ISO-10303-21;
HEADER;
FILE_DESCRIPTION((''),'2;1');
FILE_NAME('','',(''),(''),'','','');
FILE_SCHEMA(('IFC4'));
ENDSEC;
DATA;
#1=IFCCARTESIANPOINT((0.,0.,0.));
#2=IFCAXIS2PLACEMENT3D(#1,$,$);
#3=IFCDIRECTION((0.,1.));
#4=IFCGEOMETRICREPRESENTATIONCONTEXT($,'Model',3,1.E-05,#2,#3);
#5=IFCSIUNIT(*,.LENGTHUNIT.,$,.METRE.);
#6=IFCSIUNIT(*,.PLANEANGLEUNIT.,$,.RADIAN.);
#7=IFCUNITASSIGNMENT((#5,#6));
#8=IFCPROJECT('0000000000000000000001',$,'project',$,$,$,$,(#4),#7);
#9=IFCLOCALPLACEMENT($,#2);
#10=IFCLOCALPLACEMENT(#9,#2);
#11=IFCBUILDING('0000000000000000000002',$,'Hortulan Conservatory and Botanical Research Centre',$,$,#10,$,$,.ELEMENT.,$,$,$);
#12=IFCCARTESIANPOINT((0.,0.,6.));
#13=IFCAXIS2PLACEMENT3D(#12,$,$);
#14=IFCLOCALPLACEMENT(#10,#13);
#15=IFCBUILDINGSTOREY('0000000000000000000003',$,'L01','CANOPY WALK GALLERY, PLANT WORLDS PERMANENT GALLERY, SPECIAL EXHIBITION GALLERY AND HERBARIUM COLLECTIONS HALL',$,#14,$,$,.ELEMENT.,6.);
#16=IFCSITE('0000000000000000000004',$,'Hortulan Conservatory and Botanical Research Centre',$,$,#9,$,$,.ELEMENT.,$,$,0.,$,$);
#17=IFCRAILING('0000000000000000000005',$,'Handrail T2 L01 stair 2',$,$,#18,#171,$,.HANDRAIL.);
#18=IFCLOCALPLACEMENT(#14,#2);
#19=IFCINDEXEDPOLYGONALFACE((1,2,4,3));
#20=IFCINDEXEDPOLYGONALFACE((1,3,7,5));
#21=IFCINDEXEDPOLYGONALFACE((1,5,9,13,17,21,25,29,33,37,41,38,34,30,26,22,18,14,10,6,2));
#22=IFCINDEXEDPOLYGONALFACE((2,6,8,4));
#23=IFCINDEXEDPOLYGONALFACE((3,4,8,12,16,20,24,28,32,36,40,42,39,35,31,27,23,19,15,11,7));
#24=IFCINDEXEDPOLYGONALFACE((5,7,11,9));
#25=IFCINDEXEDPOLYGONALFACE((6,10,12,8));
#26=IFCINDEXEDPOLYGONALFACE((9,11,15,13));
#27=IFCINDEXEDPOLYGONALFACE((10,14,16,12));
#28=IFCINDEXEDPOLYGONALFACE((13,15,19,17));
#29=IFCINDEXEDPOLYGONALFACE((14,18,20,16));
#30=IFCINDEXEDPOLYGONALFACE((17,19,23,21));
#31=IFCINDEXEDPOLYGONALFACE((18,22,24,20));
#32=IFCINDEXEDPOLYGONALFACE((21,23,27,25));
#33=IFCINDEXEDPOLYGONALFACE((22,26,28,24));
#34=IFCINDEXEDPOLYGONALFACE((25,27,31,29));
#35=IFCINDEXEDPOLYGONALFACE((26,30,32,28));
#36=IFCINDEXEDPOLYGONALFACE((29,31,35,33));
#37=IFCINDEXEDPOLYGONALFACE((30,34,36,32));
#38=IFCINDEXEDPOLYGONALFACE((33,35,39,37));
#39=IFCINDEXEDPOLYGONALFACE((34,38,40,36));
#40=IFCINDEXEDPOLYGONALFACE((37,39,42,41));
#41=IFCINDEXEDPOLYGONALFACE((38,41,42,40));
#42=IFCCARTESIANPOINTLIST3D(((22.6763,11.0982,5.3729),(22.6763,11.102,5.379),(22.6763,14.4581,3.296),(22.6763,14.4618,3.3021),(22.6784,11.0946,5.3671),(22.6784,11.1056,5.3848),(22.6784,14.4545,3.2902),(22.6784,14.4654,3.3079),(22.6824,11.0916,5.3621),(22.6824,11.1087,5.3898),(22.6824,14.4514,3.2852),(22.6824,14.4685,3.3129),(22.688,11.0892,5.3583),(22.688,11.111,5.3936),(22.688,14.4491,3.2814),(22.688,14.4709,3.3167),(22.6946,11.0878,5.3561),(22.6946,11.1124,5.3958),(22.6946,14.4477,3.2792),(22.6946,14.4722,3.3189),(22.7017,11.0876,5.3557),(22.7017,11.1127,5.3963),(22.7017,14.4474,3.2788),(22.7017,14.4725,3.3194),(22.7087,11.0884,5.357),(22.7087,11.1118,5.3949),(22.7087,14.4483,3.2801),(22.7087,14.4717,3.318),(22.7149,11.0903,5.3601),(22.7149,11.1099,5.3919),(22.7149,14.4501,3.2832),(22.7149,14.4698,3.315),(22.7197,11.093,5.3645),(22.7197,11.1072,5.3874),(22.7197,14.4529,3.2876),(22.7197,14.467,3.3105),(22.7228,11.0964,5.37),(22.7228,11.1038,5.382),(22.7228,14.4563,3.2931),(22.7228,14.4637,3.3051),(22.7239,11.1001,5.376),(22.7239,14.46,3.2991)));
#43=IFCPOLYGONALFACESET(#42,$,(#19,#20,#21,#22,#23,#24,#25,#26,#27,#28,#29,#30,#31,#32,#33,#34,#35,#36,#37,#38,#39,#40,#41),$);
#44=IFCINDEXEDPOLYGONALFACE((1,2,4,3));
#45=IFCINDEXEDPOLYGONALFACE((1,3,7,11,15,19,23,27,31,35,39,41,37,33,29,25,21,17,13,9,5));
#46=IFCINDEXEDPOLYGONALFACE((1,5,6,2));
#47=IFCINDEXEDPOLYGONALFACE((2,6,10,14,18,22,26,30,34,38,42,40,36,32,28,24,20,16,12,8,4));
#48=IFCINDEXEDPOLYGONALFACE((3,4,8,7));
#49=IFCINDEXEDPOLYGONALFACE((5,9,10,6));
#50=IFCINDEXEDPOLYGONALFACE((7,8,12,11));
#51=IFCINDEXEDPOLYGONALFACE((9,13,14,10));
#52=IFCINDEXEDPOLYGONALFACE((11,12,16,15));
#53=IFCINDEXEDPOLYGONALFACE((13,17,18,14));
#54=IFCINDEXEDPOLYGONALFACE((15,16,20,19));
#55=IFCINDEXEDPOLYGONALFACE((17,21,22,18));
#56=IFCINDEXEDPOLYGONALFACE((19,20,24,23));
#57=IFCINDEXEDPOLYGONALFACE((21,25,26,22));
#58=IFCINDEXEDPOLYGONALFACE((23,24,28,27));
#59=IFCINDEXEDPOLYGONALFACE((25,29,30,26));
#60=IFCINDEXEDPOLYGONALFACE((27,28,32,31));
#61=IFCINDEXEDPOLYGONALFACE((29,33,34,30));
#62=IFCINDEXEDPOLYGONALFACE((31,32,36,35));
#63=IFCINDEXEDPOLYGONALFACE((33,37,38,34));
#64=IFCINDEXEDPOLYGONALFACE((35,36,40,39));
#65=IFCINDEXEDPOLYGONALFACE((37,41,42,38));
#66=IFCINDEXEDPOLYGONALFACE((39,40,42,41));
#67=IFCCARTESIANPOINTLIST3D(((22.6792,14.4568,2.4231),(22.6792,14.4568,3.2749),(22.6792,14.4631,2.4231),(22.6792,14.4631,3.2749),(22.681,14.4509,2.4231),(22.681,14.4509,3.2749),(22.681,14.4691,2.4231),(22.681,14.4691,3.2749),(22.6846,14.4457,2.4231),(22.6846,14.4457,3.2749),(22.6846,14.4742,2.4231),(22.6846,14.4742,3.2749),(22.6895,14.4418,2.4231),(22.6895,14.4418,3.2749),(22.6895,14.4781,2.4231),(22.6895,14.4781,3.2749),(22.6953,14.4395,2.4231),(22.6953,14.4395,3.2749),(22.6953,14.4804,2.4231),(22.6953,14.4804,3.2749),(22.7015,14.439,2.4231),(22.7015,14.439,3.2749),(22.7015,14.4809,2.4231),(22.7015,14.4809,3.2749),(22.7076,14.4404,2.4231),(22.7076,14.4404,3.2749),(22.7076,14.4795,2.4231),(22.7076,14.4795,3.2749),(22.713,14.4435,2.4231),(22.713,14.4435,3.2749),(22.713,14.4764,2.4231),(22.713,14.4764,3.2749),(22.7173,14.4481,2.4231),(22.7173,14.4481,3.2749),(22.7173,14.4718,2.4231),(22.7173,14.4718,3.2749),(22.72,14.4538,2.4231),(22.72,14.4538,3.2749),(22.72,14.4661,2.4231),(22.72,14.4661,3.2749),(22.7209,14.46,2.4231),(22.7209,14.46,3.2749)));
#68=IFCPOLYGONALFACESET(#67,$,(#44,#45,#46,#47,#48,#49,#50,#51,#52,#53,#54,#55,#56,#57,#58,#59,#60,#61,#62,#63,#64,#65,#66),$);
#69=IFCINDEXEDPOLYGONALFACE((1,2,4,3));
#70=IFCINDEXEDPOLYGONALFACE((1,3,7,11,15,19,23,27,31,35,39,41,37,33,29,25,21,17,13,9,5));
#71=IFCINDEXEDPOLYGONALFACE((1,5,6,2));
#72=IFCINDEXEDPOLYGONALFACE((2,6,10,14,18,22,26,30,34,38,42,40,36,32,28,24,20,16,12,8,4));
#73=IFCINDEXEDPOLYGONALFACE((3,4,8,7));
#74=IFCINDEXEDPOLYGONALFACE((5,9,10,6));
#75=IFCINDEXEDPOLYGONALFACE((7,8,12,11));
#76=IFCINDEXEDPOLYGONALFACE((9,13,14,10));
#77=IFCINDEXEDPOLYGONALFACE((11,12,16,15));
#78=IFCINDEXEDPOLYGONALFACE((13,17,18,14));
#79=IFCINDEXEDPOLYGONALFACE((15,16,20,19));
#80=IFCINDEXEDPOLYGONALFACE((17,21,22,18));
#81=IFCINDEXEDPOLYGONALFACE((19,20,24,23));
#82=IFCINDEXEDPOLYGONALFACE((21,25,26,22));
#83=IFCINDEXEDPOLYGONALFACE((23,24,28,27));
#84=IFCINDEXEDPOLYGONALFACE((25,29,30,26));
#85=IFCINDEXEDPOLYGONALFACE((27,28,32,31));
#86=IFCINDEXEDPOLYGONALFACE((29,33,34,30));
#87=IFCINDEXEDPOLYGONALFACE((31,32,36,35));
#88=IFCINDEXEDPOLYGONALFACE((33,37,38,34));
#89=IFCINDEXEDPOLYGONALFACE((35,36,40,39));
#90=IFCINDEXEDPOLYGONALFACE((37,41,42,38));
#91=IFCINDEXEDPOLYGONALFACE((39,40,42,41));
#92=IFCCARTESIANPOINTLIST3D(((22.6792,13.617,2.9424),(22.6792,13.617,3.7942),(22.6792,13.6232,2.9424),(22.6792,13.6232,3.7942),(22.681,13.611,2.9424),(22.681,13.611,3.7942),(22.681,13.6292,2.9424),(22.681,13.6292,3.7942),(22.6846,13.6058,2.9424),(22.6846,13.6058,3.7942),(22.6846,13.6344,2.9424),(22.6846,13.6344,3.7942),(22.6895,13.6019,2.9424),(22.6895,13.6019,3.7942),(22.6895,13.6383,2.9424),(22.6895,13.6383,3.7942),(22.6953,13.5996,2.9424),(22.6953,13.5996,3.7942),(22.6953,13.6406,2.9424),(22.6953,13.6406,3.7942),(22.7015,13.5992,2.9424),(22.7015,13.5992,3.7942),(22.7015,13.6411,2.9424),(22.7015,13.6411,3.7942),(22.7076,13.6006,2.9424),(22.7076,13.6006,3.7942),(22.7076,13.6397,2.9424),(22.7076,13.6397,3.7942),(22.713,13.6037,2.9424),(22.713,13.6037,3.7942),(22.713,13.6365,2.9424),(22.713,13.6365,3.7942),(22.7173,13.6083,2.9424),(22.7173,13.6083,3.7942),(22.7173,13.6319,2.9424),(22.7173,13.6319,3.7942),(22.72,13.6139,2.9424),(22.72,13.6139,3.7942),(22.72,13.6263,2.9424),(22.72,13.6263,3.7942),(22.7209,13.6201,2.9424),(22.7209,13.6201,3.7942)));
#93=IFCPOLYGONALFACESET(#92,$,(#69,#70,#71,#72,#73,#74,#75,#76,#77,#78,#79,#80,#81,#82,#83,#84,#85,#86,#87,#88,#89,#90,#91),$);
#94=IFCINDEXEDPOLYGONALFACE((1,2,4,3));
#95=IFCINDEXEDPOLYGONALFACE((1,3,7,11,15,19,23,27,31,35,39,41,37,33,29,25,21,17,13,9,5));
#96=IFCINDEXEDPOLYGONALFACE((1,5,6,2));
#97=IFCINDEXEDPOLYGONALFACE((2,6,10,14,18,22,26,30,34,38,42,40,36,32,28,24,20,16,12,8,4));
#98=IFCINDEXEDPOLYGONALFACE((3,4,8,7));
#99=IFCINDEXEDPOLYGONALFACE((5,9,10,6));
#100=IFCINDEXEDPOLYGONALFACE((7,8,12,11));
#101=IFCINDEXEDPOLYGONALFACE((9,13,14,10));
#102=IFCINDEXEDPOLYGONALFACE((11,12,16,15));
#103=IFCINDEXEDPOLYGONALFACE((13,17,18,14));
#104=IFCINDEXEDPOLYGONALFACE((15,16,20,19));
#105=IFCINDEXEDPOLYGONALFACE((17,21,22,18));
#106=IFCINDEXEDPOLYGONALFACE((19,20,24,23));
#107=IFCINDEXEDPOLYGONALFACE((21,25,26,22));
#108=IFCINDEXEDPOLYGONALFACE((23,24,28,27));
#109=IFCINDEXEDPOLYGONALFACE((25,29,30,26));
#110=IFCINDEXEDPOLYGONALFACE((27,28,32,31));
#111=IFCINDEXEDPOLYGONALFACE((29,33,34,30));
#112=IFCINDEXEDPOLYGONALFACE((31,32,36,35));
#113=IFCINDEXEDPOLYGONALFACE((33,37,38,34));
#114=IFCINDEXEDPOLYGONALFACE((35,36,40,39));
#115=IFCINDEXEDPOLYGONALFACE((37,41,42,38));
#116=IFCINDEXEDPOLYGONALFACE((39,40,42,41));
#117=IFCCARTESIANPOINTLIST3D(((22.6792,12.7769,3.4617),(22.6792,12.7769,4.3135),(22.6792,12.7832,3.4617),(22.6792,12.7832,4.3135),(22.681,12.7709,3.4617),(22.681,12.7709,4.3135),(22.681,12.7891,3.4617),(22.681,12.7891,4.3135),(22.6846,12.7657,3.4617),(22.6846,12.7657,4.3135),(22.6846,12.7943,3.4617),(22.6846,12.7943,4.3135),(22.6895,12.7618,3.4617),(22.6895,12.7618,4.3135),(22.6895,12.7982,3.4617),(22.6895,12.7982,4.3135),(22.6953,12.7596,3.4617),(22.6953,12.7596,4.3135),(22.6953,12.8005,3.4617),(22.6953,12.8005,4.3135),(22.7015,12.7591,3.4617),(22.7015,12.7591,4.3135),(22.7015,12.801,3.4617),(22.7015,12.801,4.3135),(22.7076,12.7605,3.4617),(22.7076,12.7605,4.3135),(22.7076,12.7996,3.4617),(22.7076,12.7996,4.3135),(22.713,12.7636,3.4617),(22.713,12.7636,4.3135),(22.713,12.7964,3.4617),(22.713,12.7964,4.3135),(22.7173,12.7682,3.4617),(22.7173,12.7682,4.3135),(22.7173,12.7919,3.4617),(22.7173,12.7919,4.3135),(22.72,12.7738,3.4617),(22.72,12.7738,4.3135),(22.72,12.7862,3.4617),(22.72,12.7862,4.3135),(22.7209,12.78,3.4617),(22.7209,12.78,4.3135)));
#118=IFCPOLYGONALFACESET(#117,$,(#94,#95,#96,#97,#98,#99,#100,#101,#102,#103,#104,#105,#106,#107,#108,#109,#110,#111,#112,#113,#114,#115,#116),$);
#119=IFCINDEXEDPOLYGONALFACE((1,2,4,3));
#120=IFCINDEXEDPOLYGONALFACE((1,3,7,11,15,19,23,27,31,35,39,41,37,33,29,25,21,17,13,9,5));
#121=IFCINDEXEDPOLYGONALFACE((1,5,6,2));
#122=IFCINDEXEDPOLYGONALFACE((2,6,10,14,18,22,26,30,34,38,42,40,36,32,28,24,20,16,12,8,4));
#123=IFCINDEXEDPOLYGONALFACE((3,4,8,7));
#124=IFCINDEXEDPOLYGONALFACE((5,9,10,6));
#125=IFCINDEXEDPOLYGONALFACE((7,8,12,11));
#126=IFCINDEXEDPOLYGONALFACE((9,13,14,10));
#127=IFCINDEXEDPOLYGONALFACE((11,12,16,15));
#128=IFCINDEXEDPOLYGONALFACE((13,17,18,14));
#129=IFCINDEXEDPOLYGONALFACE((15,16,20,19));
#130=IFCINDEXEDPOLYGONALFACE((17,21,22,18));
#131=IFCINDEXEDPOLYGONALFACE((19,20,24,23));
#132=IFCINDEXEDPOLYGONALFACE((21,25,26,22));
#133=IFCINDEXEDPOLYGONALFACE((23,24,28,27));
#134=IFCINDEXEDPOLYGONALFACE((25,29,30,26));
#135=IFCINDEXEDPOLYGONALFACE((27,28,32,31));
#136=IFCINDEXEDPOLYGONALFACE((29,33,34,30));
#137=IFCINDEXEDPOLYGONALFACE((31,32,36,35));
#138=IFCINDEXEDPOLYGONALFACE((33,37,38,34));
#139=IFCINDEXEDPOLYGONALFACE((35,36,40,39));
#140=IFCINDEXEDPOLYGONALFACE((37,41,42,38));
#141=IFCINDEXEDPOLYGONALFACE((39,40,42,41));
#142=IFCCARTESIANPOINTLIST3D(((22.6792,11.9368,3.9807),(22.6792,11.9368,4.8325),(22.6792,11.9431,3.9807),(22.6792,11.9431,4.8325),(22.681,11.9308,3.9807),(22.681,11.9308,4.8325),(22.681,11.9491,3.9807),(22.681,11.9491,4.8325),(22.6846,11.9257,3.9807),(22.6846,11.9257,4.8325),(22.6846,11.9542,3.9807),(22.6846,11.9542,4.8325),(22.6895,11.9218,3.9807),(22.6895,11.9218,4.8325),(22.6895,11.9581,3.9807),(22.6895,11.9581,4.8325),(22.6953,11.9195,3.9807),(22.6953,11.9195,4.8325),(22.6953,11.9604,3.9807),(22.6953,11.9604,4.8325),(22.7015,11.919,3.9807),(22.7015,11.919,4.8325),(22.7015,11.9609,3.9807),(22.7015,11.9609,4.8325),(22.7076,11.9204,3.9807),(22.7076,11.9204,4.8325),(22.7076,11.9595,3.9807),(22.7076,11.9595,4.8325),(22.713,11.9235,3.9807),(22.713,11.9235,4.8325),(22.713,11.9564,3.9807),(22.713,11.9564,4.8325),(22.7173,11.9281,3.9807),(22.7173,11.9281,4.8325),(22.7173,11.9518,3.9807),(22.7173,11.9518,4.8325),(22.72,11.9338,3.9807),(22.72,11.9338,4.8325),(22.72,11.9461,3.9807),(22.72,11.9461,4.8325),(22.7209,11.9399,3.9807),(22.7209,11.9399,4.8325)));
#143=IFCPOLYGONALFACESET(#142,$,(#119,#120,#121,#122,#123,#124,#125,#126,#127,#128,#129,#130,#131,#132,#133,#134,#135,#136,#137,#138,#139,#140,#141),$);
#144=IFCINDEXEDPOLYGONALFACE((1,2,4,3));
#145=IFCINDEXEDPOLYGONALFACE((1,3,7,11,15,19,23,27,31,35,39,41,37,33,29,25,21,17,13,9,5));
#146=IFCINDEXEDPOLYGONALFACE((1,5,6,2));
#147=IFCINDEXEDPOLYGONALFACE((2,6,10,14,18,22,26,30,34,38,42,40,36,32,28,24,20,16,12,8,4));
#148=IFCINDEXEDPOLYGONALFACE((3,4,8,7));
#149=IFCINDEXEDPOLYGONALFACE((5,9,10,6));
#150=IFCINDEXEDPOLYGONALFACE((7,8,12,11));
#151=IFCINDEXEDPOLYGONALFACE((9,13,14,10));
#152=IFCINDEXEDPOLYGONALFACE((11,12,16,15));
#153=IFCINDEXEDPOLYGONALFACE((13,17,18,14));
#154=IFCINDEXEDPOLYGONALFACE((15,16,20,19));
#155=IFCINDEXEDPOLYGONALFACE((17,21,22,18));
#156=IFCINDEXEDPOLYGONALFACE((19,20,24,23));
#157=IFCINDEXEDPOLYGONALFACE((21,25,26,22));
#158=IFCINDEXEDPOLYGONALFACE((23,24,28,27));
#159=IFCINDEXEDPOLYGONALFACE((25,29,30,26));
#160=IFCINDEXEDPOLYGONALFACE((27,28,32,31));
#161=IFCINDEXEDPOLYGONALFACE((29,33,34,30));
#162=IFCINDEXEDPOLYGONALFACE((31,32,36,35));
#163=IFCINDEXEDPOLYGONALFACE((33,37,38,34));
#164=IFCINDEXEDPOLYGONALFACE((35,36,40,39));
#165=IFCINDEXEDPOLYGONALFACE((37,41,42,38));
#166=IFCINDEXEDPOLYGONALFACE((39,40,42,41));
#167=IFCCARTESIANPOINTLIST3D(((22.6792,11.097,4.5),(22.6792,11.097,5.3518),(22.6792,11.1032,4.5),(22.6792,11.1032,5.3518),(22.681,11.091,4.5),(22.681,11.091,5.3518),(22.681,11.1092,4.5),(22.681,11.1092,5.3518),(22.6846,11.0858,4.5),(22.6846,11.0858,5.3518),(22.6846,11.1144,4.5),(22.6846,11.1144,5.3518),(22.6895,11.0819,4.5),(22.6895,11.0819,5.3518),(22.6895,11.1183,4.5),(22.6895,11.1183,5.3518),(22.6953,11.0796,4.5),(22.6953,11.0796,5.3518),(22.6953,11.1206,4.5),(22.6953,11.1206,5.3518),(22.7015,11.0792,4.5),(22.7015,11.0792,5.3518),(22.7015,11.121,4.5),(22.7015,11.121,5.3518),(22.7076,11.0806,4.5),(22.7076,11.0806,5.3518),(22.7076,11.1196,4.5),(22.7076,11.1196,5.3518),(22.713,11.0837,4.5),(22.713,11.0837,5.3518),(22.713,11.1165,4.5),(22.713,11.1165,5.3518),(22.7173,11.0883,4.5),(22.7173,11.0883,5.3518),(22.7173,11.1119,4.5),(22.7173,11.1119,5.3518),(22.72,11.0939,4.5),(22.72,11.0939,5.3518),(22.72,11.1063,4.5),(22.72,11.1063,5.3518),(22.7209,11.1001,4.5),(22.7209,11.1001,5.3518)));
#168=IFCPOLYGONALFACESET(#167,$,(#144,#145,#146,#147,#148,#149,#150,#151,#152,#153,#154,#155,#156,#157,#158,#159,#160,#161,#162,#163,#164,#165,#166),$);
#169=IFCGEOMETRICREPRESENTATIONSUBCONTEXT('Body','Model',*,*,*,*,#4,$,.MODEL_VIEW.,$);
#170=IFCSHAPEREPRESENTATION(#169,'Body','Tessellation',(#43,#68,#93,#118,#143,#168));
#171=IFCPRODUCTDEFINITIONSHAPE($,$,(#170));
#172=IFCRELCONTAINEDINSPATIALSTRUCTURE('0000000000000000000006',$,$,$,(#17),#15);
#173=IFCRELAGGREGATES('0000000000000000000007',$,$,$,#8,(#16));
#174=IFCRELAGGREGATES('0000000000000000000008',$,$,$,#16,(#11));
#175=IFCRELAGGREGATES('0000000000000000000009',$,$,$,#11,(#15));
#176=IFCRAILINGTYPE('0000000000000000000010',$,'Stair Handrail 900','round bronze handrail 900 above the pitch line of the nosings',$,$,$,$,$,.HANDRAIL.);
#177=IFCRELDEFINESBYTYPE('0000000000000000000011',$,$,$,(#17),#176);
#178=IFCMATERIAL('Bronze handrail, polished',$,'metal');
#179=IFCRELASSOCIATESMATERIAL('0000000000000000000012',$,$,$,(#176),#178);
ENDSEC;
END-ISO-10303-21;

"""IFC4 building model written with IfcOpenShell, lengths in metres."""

from ifc_helpers import new_model, si_unit, direction, frame, origin, origin_2d, place, context, subcontext, project, spatial, circle, extrude, material, type_object, element, save


model = new_model("IFC4")

# Units and contexts
model_context = context("Model", 3, precision=1e-05, world=origin(), true_north=direction((0.0, 1.0)))
body_context = subcontext(model_context, "Body", "Model", "MODEL_VIEW")
ifc_project = project(units=[si_unit("LENGTHUNIT", "METRE"), si_unit("PLANEANGLEUNIT", "RADIAN")], contexts=[model_context])

# Site, building, storey
site_placement = place(None, origin())
site = spatial("IfcSite", under=ifc_project, at=site_placement, Name="Hortulan Conservatory and Botanical Research Centre", CompositionType="ELEMENT", RefElevation=0.0)
building_placement = place(site_placement, origin())
building = spatial("IfcBuilding", under=site, at=building_placement, Name="Hortulan Conservatory and Botanical Research Centre", CompositionType="ELEMENT")
storey_placement = place(building_placement, frame((0.0, 0.0, 6.0)))
storey = spatial("IfcBuildingStorey", under=building, at=storey_placement, Name="L01", Description="CANOPY WALK GALLERY, PLANT WORLDS PERMANENT GALLERY, SPECIAL EXHIBITION GALLERY AND HERBARIUM COLLECTIONS HALL", CompositionType="ELEMENT", Elevation=6.0)

# Railing
ifc_material_1 = material(Name="Bronze handrail, polished", Category="metal")
railing_type_1 = type_object("IfcRailingType", Name="Stair Handrail 900", Description="round bronze handrail 900 above the pitch line of the nosings", PredefinedType="HANDRAIL", material=ifc_material_1)
railing_1_placement = place(storey_placement, frame((22.7, 14.46, 2.4231)))
element("IfcRailing", 1, at=railing_1_placement, inside=storey, type_object=railing_type_1, Name="Handrail T2 L01 stair 2", PredefinedType="HANDRAIL", context=body_context, shape_type="SweptSolid", body=[
    extrude(circle(Radius=0.0239, at=origin_2d()), frame((0.0, 0.0, 0.876), z_axis=(0.0, -0.850606, 0.525803), x_axis=(1.0, 0.0, 0.0)), (0.0, 0.0, 1.0), 3.95),
    extrude(circle(Radius=0.021, at=origin_2d()), origin(), (0.0, 0.0, 1.0), 0.8518),
    extrude(circle(Radius=0.021, at=origin_2d()), frame((0.0, -0.8398, 0.5193)), (0.0, 0.0, 1.0), 0.8518),
    extrude(circle(Radius=0.021, at=origin_2d()), frame((0.0, -1.6799, 1.0386)), (0.0, 0.0, 1.0), 0.8518),
    extrude(circle(Radius=0.021, at=origin_2d()), frame((0.0, -2.52, 1.5576)), (0.0, 0.0, 1.0), 0.8518),
    extrude(circle(Radius=0.021, at=origin_2d()), frame((0.0, -3.3599, 2.0769)), (0.0, 0.0, 1.0), 0.8518),
])

save(model, "model.ifc")
